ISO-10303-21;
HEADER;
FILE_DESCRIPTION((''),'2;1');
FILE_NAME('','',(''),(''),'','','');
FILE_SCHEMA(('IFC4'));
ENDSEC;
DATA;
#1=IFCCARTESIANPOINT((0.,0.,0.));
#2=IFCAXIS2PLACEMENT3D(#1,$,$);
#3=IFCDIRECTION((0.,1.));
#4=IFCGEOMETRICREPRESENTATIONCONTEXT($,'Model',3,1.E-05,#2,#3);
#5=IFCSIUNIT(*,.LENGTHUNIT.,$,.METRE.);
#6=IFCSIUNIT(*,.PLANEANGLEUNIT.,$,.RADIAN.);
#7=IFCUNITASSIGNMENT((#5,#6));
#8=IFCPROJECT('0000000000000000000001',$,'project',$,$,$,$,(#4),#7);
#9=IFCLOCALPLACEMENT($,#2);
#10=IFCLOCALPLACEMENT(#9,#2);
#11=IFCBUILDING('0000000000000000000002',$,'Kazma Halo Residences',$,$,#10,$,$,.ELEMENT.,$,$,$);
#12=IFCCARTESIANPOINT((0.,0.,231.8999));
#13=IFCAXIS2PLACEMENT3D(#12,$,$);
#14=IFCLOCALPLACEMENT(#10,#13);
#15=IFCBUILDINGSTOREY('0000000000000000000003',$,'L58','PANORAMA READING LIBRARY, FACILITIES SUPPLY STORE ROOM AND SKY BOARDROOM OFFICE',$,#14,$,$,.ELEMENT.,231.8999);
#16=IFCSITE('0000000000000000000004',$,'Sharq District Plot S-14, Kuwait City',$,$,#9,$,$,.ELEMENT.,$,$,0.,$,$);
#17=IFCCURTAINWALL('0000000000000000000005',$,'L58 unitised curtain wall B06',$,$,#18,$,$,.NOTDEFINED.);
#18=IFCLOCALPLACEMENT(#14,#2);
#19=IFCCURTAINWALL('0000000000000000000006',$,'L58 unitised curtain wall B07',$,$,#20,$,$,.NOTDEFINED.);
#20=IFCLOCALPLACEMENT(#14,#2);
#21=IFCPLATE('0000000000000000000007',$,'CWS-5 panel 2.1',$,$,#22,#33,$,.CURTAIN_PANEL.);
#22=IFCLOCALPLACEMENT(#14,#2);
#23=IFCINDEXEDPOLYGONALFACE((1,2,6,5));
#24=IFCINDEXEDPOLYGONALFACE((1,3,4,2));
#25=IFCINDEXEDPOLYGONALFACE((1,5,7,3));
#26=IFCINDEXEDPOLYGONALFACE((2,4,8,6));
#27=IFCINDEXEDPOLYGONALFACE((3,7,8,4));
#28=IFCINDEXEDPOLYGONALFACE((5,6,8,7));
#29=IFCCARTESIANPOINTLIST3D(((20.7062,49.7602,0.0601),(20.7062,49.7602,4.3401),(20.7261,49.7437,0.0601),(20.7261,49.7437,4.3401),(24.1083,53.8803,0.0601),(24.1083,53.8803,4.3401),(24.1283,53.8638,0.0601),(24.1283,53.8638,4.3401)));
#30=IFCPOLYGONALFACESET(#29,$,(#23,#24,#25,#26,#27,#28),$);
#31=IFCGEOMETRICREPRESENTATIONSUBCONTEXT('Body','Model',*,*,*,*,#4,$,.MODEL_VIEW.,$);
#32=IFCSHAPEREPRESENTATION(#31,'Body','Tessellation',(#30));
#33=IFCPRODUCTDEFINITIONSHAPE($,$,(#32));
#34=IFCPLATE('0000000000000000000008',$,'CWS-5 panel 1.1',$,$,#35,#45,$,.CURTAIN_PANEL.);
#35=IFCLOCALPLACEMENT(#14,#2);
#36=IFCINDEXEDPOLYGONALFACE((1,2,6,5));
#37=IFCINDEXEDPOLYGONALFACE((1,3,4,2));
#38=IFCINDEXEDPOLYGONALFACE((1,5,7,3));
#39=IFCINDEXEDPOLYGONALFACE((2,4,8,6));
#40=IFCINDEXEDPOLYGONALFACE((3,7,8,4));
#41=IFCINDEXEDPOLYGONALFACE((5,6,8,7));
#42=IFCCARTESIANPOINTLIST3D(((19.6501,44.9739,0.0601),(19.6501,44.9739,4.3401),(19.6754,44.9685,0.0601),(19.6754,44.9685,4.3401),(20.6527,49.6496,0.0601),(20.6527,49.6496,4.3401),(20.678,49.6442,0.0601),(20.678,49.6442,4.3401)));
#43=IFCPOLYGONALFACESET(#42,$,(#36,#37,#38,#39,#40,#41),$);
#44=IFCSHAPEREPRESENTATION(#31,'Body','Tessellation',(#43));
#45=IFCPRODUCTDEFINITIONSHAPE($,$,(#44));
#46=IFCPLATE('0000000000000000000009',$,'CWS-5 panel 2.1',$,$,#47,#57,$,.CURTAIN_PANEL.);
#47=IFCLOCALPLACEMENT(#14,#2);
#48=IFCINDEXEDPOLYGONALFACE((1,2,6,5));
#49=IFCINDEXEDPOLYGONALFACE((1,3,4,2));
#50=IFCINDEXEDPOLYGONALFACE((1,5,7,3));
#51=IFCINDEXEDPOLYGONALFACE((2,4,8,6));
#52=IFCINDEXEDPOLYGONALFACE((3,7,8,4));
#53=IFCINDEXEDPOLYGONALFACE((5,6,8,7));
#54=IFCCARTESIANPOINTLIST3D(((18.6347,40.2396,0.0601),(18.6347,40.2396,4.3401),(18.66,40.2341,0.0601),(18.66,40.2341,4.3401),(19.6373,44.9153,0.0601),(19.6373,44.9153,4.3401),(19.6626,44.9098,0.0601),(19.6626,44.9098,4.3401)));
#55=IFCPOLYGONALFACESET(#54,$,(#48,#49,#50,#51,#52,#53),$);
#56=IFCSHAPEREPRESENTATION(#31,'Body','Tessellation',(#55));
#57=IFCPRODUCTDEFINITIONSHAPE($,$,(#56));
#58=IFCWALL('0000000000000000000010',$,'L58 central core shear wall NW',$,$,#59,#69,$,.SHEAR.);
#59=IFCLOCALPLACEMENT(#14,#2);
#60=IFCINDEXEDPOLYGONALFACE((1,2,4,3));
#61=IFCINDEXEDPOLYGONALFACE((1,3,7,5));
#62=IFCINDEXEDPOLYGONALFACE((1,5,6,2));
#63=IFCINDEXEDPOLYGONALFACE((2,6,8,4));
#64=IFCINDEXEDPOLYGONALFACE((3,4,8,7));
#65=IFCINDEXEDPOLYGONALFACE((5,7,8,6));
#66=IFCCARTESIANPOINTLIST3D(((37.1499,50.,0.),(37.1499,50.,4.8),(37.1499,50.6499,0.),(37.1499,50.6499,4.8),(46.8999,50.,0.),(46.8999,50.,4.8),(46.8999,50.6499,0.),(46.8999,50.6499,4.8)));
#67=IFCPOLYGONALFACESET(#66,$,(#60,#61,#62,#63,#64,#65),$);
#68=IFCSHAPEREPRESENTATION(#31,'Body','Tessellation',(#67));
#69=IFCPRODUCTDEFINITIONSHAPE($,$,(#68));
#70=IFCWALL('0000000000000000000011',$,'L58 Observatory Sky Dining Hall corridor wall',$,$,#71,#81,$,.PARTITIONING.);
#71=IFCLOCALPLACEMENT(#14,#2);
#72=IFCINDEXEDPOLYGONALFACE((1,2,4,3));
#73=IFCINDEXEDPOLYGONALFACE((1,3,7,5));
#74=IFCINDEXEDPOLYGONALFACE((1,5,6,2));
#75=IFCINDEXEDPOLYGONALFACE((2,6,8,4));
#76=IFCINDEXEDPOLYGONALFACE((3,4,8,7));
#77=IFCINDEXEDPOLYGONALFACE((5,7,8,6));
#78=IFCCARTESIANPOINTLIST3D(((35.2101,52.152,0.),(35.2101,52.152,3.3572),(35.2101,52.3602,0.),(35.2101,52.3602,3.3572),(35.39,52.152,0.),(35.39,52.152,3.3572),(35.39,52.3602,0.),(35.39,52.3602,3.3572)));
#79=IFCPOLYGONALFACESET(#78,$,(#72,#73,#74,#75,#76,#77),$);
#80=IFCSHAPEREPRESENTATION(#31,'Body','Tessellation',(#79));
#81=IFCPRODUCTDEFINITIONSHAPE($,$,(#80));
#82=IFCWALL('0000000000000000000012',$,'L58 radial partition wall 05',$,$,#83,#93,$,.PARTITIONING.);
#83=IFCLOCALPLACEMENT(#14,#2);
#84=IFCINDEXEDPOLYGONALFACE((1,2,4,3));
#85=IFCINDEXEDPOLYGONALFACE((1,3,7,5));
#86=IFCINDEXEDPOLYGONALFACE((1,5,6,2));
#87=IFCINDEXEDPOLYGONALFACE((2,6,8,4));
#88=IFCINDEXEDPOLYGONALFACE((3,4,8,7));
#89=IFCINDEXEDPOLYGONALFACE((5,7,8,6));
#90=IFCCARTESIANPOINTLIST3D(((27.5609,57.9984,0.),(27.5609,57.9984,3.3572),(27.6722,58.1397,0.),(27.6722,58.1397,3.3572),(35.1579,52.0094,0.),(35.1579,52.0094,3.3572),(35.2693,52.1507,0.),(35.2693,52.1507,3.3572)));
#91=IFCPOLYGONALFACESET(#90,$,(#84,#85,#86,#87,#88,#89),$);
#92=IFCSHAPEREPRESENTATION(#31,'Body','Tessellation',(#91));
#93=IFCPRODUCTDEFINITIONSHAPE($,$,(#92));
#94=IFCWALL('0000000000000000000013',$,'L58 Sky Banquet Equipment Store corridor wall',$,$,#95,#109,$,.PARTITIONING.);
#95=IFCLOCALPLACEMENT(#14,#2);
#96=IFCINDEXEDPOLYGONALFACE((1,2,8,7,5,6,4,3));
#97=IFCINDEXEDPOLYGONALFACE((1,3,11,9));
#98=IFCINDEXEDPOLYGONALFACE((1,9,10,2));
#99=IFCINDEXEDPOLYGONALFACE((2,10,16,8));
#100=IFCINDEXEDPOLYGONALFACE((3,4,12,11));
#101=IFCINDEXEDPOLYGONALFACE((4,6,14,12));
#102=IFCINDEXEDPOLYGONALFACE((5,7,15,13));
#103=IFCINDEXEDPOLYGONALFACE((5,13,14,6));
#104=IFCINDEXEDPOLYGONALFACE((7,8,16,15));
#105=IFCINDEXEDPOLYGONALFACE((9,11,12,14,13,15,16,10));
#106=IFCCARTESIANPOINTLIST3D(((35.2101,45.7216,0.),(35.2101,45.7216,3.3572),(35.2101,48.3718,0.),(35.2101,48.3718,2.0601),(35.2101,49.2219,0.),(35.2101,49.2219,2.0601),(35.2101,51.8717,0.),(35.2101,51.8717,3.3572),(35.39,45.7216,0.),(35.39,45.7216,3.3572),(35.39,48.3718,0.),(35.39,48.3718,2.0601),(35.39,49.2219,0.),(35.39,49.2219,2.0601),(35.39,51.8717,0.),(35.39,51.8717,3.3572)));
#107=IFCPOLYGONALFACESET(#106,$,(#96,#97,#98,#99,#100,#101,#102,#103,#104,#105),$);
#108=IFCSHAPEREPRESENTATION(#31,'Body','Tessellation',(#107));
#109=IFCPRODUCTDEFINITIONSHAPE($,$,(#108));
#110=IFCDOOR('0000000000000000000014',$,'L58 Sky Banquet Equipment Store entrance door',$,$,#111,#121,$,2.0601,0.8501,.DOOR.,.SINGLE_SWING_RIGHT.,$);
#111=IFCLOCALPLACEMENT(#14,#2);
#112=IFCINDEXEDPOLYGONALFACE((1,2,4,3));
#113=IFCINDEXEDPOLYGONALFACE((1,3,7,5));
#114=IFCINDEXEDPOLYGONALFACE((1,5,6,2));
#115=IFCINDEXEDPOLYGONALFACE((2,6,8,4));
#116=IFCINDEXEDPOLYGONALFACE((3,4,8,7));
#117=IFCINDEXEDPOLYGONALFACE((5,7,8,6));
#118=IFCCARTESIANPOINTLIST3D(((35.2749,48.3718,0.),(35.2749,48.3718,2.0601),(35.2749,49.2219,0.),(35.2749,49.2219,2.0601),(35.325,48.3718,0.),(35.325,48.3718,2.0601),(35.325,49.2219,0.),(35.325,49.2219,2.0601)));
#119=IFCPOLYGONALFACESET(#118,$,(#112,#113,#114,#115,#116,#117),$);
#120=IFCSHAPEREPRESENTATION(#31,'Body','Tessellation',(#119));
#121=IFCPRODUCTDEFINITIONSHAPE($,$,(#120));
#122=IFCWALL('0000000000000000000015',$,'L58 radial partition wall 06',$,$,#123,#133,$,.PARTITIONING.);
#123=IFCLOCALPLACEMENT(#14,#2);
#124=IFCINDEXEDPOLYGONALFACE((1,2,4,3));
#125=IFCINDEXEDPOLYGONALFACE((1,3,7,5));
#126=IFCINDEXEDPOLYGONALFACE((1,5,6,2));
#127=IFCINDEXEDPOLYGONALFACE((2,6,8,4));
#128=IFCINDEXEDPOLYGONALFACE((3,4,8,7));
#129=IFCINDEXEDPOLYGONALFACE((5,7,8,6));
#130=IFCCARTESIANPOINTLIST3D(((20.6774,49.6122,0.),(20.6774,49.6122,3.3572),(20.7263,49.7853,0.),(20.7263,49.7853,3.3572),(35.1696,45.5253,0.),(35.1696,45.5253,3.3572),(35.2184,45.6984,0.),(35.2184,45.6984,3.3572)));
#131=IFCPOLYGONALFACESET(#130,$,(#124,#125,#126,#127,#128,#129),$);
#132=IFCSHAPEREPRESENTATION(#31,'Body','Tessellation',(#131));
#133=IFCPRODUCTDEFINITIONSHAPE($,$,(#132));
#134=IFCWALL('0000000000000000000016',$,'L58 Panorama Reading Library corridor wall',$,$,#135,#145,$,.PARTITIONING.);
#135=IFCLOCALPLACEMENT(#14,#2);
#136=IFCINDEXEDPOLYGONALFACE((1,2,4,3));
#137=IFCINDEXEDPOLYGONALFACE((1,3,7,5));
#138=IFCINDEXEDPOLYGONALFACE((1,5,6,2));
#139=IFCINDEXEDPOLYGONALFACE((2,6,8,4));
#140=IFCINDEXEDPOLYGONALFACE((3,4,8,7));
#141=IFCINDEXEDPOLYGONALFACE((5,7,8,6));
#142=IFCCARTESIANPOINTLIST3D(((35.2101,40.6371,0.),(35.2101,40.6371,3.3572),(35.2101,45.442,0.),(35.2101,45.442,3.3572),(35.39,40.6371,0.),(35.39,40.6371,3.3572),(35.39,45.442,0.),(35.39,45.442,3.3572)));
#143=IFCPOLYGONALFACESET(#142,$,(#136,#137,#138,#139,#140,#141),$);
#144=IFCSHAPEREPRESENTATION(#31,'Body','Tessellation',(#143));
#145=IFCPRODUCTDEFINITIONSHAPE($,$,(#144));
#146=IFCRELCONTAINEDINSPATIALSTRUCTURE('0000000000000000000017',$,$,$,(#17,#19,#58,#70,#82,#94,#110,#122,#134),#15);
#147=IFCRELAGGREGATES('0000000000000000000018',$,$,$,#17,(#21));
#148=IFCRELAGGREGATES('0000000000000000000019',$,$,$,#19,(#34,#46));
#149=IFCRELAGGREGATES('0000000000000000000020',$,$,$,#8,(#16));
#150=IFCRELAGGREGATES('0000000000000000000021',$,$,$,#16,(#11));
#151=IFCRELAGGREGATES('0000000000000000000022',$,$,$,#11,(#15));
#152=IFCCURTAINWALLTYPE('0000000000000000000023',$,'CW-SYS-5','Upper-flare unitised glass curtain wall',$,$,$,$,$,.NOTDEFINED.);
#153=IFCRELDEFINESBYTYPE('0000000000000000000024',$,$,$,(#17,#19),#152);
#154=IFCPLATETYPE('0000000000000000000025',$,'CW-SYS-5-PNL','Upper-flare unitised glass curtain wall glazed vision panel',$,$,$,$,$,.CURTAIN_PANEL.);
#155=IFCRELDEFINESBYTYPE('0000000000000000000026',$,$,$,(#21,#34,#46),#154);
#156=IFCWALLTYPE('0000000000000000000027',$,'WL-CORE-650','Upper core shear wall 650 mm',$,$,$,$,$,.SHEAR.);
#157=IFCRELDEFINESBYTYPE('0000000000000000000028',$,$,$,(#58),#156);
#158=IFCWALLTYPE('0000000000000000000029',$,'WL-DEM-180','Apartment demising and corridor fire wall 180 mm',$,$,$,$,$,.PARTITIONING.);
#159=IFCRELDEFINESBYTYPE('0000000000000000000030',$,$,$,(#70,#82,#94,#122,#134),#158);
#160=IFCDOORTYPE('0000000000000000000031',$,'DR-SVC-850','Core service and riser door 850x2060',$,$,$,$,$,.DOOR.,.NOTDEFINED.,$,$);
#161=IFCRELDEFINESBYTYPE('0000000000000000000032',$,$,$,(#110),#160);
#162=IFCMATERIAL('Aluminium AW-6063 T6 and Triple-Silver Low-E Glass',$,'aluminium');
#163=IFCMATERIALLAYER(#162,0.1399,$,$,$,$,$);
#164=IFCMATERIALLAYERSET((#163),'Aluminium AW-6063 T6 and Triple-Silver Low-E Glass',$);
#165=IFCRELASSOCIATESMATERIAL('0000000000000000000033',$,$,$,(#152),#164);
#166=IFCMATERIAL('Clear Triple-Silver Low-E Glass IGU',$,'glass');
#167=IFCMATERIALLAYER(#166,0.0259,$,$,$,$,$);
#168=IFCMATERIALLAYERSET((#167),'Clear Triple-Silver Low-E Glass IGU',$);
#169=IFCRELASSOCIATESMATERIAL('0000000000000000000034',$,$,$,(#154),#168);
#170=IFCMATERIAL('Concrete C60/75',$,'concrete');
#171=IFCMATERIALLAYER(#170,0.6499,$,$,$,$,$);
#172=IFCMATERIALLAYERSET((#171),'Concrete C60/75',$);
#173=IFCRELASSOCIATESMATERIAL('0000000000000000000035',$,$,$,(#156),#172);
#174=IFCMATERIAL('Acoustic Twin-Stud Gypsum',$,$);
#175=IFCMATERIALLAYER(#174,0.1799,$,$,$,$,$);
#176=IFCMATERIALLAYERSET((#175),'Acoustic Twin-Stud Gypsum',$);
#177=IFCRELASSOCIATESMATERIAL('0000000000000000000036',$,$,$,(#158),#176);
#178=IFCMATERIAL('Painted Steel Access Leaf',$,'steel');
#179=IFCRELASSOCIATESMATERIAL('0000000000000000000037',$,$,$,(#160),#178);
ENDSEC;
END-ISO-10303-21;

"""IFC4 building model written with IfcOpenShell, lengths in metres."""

from ifc_helpers import new_model, si_unit, direction, frame, frame_2d, origin, origin_2d, place, context, subcontext, project, spatial, rectangle, extrude, material, layer, layer_set, type_object, element, fill, aggregate, save


model = new_model("IFC4")

# Units and contexts
model_context = context("Model", 3, precision=1e-05, world=origin(), true_north=direction((0.0, 1.0)))
body_context = subcontext(model_context, "Body", "Model", "MODEL_VIEW")
ifc_project = project(units=[si_unit("LENGTHUNIT", "METRE"), si_unit("PLANEANGLEUNIT", "RADIAN")], contexts=[model_context])

# Site, building, storey
site_placement = place(None, origin())
site = spatial("IfcSite", under=ifc_project, at=site_placement, Name="Sharq District Plot S-14, Kuwait City", CompositionType="ELEMENT", RefElevation=0.0)
building_placement = place(site_placement, origin())
building = spatial("IfcBuilding", under=site, at=building_placement, Name="Kazma Halo Residences", CompositionType="ELEMENT")
storey_placement = place(building_placement, frame((0.0, 0.0, 231.8999)))
storey = spatial("IfcBuildingStorey", under=building, at=storey_placement, Name="L58", Description="PANORAMA READING LIBRARY, FACILITIES SUPPLY STORE ROOM AND SKY BOARDROOM OFFICE", CompositionType="ELEMENT", Elevation=231.8999)

# Curtain wall
ifc_material_1 = material(Name="Aluminium AW-6063 T6 and Triple-Silver Low-E Glass", Category="aluminium")
ifc_layer_1 = layer(ifc_material_1, 0.1399)
ifc_layer_set_1 = layer_set([ifc_layer_1], Name="Aluminium AW-6063 T6 and Triple-Silver Low-E Glass")
curtain_wall_type = type_object("IfcCurtainWallType", Name="CW-SYS-5", Description="Upper-flare unitised glass curtain wall", PredefinedType="NOTDEFINED", material=ifc_layer_set_1)
curtain_wall_1_placement = place(storey_placement, origin())
curtain_wall_1 = element("IfcCurtainWall", 1, at=curtain_wall_1_placement, inside=storey, type_object=curtain_wall_type, Name="L58 unitised curtain wall B06", PredefinedType="NOTDEFINED")

# Curtain wall
curtain_wall_2_placement = place(storey_placement, origin())
curtain_wall_2 = element("IfcCurtainWall", 2, at=curtain_wall_2_placement, inside=storey, type_object=curtain_wall_type, Name="L58 unitised curtain wall B07", PredefinedType="NOTDEFINED")

# Plates
ifc_material_2 = material(Name="Clear Triple-Silver Low-E Glass IGU", Category="glass")
ifc_layer_2 = layer(ifc_material_2, 0.0259)
ifc_layer_set_2 = layer_set([ifc_layer_2], Name="Clear Triple-Silver Low-E Glass IGU")
plate_type = type_object("IfcPlateType", Name="CW-SYS-5-PNL", Description="Upper-flare unitised glass curtain wall glazed vision panel", PredefinedType="CURTAIN_PANEL", material=ifc_layer_set_2)
plate_1_placement = place(storey_placement, frame((22.4172, 51.812, 0.0601), z_axis=(0.0, 0.0, 1.0), x_axis=(-0.636724, -0.771092, 0.0)))
plate_1 = element("IfcPlate", 3, at=plate_1_placement, type_object=plate_type, Name="CWS-5 panel 2.1", PredefinedType="CURTAIN_PANEL", context=body_context, shape_type="SweptSolid", body=[
    extrude(rectangle(XDim=5.3433, YDim=0.0259, at=origin_2d()), origin(), (0.0, 0.0, 1.0), 4.28),
])
aggregate(curtain_wall_1, [plate_1])
plate_2_placement = place(storey_placement, frame((20.1641, 47.3091, 0.0601), z_axis=(0.0, 0.0, 1.0), x_axis=(-0.209668, -0.977773, 0.0)))
plate_2 = element("IfcPlate", 4, at=plate_2_placement, type_object=plate_type, Name="CWS-5 panel 1.1", PredefinedType="CURTAIN_PANEL", context=body_context, shape_type="SweptSolid", body=[
    extrude(rectangle(XDim=4.782, YDim=0.0259, at=origin_2d()), origin(), (0.0, 0.0, 1.0), 4.28),
])
plate_3_placement = place(storey_placement, frame((19.1487, 42.5747, 0.0601), z_axis=(0.0, 0.0, 1.0), x_axis=(-0.209668, -0.977773, 0.0)))
plate_3 = element("IfcPlate", 5, at=plate_3_placement, type_object=plate_type, Name="CWS-5 panel 2.1", PredefinedType="CURTAIN_PANEL", context=body_context, shape_type="SweptSolid", body=[
    extrude(rectangle(XDim=4.782, YDim=0.0259, at=origin_2d()), origin(), (0.0, 0.0, 1.0), 4.28),
])
aggregate(curtain_wall_2, [plate_2, plate_3])

# Walls
ifc_material_3 = material(Name="Concrete C60/75", Category="concrete")
ifc_layer_3 = layer(ifc_material_3, 0.6499)
ifc_layer_set_3 = layer_set([ifc_layer_3], Name="Concrete C60/75")
wall_type_1 = type_object("IfcWallType", Name="WL-CORE-650", Description="Upper core shear wall 650 mm", PredefinedType="SHEAR", material=ifc_layer_set_3)
wall_1_placement = place(storey_placement, frame((37.1499, 50.325, 0.0), z_axis=(0.0, 0.0, 1.0), x_axis=(1.0, 0.0, 0.0)))
element("IfcWall", 6, at=wall_1_placement, inside=storey, type_object=wall_type_1, Name="L58 central core shear wall NW", PredefinedType="SHEAR", context=body_context, shape_type="SweptSolid", body=[
    extrude(rectangle(XDim=9.75, YDim=0.6499, at=frame_2d((4.875, 0.0))), origin(), (0.0, 0.0, 1.0), 4.8),
])
ifc_material_4 = material(Name="Acoustic Twin-Stud Gypsum")
ifc_layer_4 = layer(ifc_material_4, 0.1799)
ifc_layer_set_4 = layer_set([ifc_layer_4], Name="Acoustic Twin-Stud Gypsum")
wall_type_2 = type_object("IfcWallType", Name="WL-DEM-180", Description="Apartment demising and corridor fire wall 180 mm", PredefinedType="PARTITIONING", material=ifc_layer_set_4)
wall_2_placement = place(storey_placement, frame((35.3, 52.3601, 0.0), z_axis=(0.0, 0.0, 1.0), x_axis=(0.0, -1.0, 0.0)))
element("IfcWall", 7, at=wall_2_placement, inside=storey, type_object=wall_type_2, Name="L58 Observatory Sky Dining Hall corridor wall", PredefinedType="PARTITIONING", context=body_context, shape_type="SweptSolid", body=[
    extrude(rectangle(XDim=0.2083, YDim=0.1799, at=frame_2d((0.104, 0.0))), origin(), (0.0, 0.0, 1.0), 3.3572),
])
wall_3_placement = place(storey_placement, frame((35.2136, 52.0801, 0.0), z_axis=(0.0, 0.0, 1.0), x_axis=(-0.785322, 0.619087, 0.0)))
element("IfcWall", 8, at=wall_3_placement, inside=storey, type_object=wall_type_2, Name="L58 radial partition wall 05", PredefinedType="PARTITIONING", context=body_context, shape_type="SweptSolid", body=[
    extrude(rectangle(XDim=9.6738, YDim=0.1799, at=frame_2d((4.8369, 0.0))), origin(), (0.0, 0.0, 1.0), 3.3572),
])

# Wall, opening, door
wall_4_placement = place(storey_placement, frame((35.3, 51.8718, 0.0), z_axis=(0.0, 0.0, 1.0), x_axis=(0.0, -1.0, 0.0)))
wall_4 = element("IfcWall", 9, at=wall_4_placement, inside=storey, type_object=wall_type_2, Name="L58 Sky Banquet Equipment Store corridor wall", PredefinedType="PARTITIONING", context=body_context, shape_type="SweptSolid", body=[
    extrude(rectangle(XDim=6.1501, YDim=0.1799, at=frame_2d((3.0752, 0.0))), origin(), (0.0, 0.0, 1.0), 3.3572),
])
opening_placement = place(wall_4_placement, frame((2.6499, 0.0, 0.0)))
opening = element("IfcOpeningElement", 10, at=opening_placement, cuts=wall_4, PredefinedType="OPENING", context=body_context, shape_type="SweptSolid", body=[
    extrude(rectangle(XDim=0.8501, YDim=2.0601, at=frame_2d((0.425, 1.03))), frame((0.0, 0.0999, 0.0), z_axis=(0.0, -1.0, 0.0), x_axis=(1.0, 0.0, 0.0)), (0.0, 0.0, 1.0), 0.2),
])
ifc_material_5 = material(Name="Painted Steel Access Leaf", Category="steel")
door_type = type_object("IfcDoorType", Name="DR-SVC-850", Description="Core service and riser door 850x2060", OperationType="NOTDEFINED", PredefinedType="DOOR", material=ifc_material_5)
door_placement = place(opening_placement, origin())
door = element("IfcDoor", 11, at=door_placement, inside=storey, type_object=door_type, Name="L58 Sky Banquet Equipment Store entrance door", OperationType="SINGLE_SWING_RIGHT", OverallHeight=2.0601, OverallWidth=0.8501, PredefinedType="DOOR", context=body_context, shape_type="SweptSolid", body=[
    extrude(rectangle(XDim=0.8501, YDim=2.0601, at=frame_2d((0.425, 1.03))), frame((0.0, 0.0249, 0.0), z_axis=(0.0, -1.0, 0.0), x_axis=(1.0, 0.0, 0.0)), (0.0, 0.0, 1.0), 0.05),
])
fill(opening, door)

# Walls
wall_5_placement = place(storey_placement, frame((35.1941, 45.6118, 0.0), z_axis=(0.0, 0.0, 1.0), x_axis=(-0.962461, 0.271422, 0.0)))
element("IfcWall", 12, at=wall_5_placement, inside=storey, type_object=wall_type_2, Name="L58 radial partition wall 06", PredefinedType="PARTITIONING", context=body_context, shape_type="SweptSolid", body=[
    extrude(rectangle(XDim=15.0574, YDim=0.1799, at=frame_2d((7.5288, 0.0))), origin(), (0.0, 0.0, 1.0), 3.3572),
])
wall_6_placement = place(storey_placement, frame((35.3, 45.4419, 0.0), z_axis=(0.0, 0.0, 1.0), x_axis=(0.0, -1.0, 0.0)))
element("IfcWall", 13, at=wall_6_placement, inside=storey, type_object=wall_type_2, Name="L58 Panorama Reading Library corridor wall", PredefinedType="PARTITIONING", context=body_context, shape_type="SweptSolid", body=[
    extrude(rectangle(XDim=4.8049, YDim=0.1799, at=frame_2d((2.4023, 0.0))), origin(), (0.0, 0.0, 1.0), 3.3572),
])

save(model, "model.ifc")
